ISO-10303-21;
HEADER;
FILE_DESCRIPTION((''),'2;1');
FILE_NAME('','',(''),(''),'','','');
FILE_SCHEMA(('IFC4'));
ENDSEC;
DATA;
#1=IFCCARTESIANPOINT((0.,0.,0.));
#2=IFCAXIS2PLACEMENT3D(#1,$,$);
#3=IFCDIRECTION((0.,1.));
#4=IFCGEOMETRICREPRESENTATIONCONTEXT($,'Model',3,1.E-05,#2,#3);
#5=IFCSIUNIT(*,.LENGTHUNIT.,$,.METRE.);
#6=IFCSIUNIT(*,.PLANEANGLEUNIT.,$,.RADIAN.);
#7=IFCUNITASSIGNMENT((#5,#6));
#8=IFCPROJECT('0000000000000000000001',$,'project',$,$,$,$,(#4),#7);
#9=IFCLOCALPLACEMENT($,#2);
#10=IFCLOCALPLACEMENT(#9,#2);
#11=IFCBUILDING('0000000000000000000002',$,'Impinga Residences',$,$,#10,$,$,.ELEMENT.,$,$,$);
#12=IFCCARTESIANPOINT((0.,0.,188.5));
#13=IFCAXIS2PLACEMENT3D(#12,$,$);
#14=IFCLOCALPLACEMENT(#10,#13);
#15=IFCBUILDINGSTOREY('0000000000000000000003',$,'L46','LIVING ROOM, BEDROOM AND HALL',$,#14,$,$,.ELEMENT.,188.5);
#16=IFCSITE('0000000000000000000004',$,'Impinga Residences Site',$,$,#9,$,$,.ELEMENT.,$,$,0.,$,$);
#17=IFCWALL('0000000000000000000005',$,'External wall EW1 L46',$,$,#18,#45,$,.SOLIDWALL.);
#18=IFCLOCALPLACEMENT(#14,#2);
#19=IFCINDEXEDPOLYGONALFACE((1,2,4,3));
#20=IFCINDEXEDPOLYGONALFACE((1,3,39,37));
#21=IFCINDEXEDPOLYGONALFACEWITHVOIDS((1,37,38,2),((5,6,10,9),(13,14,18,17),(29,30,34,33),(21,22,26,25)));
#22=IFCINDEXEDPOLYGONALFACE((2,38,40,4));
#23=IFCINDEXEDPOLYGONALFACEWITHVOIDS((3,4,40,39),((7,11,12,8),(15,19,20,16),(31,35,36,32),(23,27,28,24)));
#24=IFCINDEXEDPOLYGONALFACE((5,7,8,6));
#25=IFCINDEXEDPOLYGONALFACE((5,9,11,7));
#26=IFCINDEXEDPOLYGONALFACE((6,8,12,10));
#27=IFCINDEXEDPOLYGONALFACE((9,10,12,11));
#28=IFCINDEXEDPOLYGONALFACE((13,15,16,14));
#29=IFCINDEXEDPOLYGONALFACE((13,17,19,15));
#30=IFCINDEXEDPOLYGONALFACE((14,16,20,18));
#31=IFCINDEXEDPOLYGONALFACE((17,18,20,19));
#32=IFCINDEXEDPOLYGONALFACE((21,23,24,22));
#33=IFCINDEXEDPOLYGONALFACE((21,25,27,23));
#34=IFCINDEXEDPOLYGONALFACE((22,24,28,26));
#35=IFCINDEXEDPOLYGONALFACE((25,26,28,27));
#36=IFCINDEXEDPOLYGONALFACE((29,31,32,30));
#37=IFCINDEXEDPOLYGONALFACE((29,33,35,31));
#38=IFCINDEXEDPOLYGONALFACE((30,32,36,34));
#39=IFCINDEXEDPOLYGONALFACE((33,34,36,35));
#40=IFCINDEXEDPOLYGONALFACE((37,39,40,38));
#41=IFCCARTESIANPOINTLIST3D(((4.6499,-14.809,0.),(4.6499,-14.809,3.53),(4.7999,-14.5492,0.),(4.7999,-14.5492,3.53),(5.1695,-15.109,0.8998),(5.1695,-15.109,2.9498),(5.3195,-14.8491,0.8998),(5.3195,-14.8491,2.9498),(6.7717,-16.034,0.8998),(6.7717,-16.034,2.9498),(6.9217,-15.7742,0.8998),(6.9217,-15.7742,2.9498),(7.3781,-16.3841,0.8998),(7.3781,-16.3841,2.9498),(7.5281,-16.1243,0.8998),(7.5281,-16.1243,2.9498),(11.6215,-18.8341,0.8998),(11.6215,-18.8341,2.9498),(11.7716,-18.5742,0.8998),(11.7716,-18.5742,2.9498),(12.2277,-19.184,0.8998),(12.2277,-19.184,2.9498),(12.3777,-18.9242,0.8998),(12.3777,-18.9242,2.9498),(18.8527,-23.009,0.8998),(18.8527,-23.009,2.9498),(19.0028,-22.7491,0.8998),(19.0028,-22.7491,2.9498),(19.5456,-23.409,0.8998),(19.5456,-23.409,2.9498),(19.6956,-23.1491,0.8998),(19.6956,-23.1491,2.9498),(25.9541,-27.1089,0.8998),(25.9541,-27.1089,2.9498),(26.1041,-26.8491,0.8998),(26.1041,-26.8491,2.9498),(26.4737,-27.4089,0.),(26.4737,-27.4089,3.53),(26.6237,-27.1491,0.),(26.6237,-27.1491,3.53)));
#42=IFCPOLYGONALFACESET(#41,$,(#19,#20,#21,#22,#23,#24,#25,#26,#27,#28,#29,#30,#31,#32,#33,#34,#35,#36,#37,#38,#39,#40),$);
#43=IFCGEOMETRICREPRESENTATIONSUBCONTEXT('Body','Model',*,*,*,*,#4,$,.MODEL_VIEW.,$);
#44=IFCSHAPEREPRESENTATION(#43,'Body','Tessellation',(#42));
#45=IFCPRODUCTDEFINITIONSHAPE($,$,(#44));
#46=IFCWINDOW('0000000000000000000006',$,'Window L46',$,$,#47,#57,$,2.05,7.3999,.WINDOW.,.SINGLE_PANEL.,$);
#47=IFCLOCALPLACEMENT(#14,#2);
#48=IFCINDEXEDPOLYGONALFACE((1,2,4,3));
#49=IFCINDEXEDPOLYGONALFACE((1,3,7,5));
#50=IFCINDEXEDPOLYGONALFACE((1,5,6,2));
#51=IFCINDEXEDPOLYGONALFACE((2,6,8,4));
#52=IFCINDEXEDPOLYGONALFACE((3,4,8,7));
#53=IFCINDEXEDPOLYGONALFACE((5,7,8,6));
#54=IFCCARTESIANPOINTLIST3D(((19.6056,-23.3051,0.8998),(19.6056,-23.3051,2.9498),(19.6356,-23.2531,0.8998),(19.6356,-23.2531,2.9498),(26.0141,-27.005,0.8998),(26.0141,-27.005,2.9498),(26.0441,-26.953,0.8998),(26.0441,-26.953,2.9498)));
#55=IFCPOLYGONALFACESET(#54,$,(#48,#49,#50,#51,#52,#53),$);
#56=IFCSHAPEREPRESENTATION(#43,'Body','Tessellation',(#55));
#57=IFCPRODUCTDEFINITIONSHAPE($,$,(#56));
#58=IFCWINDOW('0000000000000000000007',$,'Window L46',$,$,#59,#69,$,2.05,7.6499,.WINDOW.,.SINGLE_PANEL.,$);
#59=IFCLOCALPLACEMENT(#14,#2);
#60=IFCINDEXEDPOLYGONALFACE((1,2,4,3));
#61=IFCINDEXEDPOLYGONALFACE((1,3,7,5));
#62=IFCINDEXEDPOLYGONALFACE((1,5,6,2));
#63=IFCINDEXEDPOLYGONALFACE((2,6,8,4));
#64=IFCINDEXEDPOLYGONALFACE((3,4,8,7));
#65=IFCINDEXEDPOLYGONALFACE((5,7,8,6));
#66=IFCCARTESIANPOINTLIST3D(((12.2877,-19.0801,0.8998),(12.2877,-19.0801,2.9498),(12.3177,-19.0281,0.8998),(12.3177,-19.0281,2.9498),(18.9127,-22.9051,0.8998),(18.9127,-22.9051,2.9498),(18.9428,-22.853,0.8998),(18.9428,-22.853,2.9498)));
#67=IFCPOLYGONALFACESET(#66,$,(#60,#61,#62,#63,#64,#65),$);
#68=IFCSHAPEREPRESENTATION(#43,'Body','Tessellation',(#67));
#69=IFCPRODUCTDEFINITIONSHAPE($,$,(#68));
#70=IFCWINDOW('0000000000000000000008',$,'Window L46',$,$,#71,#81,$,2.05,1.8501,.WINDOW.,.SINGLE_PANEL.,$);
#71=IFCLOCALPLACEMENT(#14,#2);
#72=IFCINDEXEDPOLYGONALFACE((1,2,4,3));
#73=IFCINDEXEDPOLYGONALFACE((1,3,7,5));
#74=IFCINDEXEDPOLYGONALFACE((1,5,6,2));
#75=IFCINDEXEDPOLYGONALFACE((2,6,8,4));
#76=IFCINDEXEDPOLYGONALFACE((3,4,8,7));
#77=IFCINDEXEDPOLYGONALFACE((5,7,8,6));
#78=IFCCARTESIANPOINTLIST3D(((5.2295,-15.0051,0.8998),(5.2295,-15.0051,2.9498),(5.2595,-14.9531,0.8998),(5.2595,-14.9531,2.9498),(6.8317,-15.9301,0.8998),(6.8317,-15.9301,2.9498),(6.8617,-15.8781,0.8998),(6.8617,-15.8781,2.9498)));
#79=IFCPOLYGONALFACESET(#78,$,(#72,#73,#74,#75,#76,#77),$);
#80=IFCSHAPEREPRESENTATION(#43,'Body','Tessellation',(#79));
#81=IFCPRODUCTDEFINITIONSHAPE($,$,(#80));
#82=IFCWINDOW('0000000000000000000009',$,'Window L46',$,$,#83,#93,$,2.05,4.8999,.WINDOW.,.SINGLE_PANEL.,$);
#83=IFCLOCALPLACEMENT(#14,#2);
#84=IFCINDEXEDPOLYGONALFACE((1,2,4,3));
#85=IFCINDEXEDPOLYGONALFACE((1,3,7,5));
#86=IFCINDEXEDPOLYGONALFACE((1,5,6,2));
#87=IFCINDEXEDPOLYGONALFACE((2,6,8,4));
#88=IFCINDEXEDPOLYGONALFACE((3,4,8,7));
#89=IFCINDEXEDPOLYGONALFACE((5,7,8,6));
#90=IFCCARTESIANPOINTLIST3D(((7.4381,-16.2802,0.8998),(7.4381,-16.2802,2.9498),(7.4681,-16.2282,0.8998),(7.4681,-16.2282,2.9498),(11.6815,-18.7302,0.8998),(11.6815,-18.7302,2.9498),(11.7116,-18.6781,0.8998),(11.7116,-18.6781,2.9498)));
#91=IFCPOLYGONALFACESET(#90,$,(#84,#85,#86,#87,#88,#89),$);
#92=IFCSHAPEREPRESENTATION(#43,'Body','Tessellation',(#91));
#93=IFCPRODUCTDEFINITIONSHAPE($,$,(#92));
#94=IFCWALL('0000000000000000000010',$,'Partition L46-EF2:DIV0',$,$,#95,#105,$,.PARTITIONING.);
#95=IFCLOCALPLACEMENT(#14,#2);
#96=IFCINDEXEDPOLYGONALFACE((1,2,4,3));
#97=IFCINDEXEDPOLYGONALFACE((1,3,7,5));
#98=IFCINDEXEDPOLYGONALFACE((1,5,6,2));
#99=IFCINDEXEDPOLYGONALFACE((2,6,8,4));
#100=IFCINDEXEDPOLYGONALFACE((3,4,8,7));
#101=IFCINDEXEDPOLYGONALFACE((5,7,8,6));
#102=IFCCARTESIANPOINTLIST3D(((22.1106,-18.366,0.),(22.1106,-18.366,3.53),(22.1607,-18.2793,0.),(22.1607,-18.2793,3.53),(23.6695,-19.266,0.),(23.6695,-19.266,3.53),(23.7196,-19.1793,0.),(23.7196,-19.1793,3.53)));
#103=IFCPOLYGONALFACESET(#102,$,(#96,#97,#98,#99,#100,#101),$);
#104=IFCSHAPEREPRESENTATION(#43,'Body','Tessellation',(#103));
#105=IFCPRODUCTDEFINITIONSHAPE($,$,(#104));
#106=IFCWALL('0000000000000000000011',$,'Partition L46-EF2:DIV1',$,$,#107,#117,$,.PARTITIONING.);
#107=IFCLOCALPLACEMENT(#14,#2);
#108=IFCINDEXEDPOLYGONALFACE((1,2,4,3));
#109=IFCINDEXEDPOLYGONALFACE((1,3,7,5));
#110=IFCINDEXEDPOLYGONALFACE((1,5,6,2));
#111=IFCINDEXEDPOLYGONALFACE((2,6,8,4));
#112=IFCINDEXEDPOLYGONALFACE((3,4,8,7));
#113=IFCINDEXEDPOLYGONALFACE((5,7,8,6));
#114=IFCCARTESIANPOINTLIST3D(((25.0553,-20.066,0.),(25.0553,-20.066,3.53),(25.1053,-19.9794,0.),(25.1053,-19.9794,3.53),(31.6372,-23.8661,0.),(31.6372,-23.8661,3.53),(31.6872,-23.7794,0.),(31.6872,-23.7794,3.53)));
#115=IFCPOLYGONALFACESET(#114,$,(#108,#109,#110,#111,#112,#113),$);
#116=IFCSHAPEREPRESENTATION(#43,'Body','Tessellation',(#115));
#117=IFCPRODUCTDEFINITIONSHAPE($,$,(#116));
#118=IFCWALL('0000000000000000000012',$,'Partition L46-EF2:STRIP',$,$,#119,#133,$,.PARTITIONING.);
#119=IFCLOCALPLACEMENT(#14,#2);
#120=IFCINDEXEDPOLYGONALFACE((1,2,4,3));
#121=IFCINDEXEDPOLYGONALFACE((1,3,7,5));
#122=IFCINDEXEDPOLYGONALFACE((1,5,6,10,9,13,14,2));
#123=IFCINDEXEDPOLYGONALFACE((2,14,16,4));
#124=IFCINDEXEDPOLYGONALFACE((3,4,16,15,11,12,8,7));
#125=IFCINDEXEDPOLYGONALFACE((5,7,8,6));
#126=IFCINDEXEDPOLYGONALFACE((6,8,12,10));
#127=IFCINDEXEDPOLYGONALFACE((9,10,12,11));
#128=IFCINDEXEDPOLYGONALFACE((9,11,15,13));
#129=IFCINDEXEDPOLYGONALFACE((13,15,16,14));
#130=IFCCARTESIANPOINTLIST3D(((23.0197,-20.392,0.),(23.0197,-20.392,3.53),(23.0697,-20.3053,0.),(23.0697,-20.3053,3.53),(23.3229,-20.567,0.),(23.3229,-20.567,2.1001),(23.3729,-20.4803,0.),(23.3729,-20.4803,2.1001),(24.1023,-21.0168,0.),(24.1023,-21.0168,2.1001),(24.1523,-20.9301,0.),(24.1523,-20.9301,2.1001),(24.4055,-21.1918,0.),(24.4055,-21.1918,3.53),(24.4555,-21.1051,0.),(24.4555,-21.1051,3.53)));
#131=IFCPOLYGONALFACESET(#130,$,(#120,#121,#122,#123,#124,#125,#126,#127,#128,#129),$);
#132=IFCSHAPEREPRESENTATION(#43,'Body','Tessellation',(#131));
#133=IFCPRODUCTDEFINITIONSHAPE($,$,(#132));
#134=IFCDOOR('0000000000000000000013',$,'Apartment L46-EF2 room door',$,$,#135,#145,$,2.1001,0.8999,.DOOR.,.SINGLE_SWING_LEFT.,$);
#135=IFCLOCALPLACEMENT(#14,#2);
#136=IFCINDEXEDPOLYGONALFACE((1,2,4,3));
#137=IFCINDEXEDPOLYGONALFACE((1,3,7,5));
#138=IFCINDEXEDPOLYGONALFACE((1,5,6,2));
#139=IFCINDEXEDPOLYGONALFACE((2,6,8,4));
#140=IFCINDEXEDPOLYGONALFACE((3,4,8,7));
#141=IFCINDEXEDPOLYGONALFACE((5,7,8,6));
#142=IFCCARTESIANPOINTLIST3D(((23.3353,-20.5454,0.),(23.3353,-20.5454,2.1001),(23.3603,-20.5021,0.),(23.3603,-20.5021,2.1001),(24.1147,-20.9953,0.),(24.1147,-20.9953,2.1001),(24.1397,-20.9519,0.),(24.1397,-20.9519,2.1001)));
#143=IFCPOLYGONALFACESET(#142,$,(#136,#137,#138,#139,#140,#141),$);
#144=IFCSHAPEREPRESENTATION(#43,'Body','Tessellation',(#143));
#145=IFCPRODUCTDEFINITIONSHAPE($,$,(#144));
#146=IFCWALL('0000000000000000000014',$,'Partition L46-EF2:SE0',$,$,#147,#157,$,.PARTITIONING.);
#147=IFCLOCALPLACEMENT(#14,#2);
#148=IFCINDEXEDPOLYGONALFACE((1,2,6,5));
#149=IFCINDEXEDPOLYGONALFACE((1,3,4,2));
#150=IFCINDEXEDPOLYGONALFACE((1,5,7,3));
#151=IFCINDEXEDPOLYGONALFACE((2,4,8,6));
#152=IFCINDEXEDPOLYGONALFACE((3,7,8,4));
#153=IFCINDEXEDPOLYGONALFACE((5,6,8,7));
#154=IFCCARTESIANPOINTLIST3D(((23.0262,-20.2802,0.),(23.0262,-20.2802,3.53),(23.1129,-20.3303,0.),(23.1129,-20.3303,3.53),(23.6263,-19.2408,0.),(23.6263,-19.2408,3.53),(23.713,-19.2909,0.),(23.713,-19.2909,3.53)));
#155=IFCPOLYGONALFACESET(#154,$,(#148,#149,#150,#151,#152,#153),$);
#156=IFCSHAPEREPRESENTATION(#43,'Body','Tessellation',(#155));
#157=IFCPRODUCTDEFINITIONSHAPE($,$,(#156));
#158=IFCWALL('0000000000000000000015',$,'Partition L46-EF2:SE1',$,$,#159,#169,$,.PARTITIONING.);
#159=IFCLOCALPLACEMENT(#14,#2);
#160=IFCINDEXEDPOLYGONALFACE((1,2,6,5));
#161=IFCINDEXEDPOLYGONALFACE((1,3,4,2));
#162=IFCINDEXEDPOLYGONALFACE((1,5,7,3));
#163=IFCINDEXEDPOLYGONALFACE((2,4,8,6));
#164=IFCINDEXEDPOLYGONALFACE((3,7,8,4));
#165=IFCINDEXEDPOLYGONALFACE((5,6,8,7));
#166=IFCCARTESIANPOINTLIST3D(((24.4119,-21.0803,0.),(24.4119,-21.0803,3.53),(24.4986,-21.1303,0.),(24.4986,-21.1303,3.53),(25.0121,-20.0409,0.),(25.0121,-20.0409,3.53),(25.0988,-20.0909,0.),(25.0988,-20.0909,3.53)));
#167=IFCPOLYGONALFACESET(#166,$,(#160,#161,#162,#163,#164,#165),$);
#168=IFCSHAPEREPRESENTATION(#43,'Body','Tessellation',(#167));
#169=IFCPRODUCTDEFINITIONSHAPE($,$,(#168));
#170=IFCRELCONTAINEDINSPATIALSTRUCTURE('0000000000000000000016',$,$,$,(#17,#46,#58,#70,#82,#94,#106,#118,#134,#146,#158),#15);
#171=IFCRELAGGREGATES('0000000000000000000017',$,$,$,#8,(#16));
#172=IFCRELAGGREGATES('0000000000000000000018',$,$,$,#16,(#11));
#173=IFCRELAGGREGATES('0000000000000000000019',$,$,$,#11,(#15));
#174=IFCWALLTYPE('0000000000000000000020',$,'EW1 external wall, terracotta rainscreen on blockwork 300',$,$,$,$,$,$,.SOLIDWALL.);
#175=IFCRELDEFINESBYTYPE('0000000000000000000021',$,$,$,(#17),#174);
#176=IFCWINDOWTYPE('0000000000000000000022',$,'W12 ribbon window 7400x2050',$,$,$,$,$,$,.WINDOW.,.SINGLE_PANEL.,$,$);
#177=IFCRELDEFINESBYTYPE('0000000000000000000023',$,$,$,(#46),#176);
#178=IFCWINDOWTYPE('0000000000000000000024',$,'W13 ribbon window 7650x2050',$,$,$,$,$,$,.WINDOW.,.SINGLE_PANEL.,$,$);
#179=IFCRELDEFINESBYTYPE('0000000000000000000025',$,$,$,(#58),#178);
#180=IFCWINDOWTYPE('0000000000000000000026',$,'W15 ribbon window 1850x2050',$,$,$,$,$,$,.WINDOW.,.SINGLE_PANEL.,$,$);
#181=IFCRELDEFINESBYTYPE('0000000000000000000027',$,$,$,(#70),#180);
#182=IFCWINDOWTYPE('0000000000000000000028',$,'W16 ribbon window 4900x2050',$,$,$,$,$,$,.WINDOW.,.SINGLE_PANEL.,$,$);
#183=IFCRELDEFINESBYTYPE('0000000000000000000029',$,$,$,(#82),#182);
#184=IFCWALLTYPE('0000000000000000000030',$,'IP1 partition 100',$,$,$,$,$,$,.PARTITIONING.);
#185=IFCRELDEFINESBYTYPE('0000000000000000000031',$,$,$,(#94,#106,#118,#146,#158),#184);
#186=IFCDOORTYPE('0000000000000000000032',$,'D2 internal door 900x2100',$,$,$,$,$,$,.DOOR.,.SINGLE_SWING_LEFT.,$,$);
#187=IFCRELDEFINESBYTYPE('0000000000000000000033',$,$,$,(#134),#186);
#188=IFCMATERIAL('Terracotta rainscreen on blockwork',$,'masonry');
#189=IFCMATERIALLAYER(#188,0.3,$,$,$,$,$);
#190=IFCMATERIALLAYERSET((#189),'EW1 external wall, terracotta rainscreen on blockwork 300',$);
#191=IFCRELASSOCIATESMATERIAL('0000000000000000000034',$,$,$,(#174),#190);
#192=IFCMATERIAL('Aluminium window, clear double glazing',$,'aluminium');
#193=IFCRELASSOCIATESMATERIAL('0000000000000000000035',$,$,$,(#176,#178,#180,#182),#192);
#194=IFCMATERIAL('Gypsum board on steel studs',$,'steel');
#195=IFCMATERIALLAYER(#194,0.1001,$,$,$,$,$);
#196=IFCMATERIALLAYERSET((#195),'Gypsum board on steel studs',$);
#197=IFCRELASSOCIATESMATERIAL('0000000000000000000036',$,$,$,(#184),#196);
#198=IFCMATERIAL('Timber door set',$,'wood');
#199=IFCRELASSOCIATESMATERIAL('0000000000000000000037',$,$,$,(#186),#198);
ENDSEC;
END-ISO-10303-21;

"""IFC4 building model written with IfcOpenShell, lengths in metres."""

from ifc_helpers import new_model, si_unit, direction, frame, frame_2d, origin, place, context, subcontext, project, spatial, rectangle, extrude, material, layer, layer_set, type_object, element, fill, save


model = new_model("IFC4")

# Units and contexts
model_context = context("Model", 3, precision=1e-05, world=origin(), true_north=direction((0.0, 1.0)))
body_context = subcontext(model_context, "Body", "Model", "MODEL_VIEW")
ifc_project = project(units=[si_unit("LENGTHUNIT", "METRE"), si_unit("PLANEANGLEUNIT", "RADIAN")], contexts=[model_context])

# Site, building, storey
site_placement = place(None, origin())
site = spatial("IfcSite", under=ifc_project, at=site_placement, Name="Impinga Residences Site", CompositionType="ELEMENT", RefElevation=0.0)
building_placement = place(site_placement, origin())
building = spatial("IfcBuilding", under=site, at=building_placement, Name="Impinga Residences", CompositionType="ELEMENT")
storey_placement = place(building_placement, frame((0.0, 0.0, 188.5)))
storey = spatial("IfcBuildingStorey", under=building, at=storey_placement, Name="L46", Description="LIVING ROOM, BEDROOM AND HALL", CompositionType="ELEMENT", Elevation=188.5)

# Shared definitions
ifc_material_1 = material(Name="Timber door set", Category="wood")

# Shared definitions
ifc_material_2 = material(Name="Terracotta rainscreen on blockwork", Category="masonry")
ifc_layer_1 = layer(ifc_material_2, 0.3)
ifc_layer_set_1 = layer_set([ifc_layer_1], Name="EW1 external wall, terracotta rainscreen on blockwork 300")
wall_type_1 = type_object("IfcWallType", Name="EW1 external wall, terracotta rainscreen on blockwork 300", PredefinedType="SOLIDWALL", material=ifc_layer_set_1)

# Wall, openings, windows
wall_1_placement = place(storey_placement, frame((26.5488, -27.2791, 0.0), z_axis=(0.0, 0.0, 1.0), x_axis=(-0.866027, 0.499998, 0.0)))
wall_1 = element("IfcWall", 1, at=wall_1_placement, inside=storey, type_object=wall_type_1, Name="External wall EW1 L46", PredefinedType="SOLIDWALL", context=body_context, shape_type="SweptSolid", body=[
    extrude(rectangle(XDim=25.2, YDim=0.3, at=frame_2d((12.6001, 0.0))), origin(), (0.0, 0.0, 1.0), 3.53),
])
opening_1_placement = place(wall_1_placement, frame((0.6001, 0.0, 0.8999)))
opening_1 = element("IfcOpeningElement", 2, at=opening_1_placement, cuts=wall_1, PredefinedType="OPENING", context=body_context, shape_type="SweptSolid", body=[
    extrude(rectangle(XDim=7.3999, YDim=2.05, at=frame_2d((3.7, 1.0249))), frame((0.0, 0.1599, 0.0), z_axis=(0.0, -1.0, 0.0), x_axis=(1.0, 0.0, 0.0)), (0.0, 0.0, 1.0), 0.3201),
])
opening_2_placement = place(wall_1_placement, frame((8.8, 0.0, 0.8999)))
opening_2 = element("IfcOpeningElement", 3, at=opening_2_placement, cuts=wall_1, PredefinedType="OPENING", context=body_context, shape_type="SweptSolid", body=[
    extrude(rectangle(XDim=7.6499, YDim=2.05, at=frame_2d((3.825, 1.0249))), frame((0.0, 0.1599, 0.0), z_axis=(0.0, -1.0, 0.0), x_axis=(1.0, 0.0, 0.0)), (0.0, 0.0, 1.0), 0.3201),
])
opening_3_placement = place(wall_1_placement, frame((17.1499, 0.0, 0.8999)))
opening_3 = element("IfcOpeningElement", 4, at=opening_3_placement, cuts=wall_1, PredefinedType="OPENING", context=body_context, shape_type="SweptSolid", body=[
    extrude(rectangle(XDim=4.8999, YDim=2.05, at=frame_2d((2.45, 1.0249))), frame((0.0, 0.1599, 0.0), z_axis=(0.0, -1.0, 0.0), x_axis=(1.0, 0.0, 0.0)), (0.0, 0.0, 1.0), 0.3201),
])
opening_4_placement = place(wall_1_placement, frame((22.75, 0.0, 0.8999)))
opening_4 = element("IfcOpeningElement", 5, at=opening_4_placement, cuts=wall_1, PredefinedType="OPENING", context=body_context, shape_type="SweptSolid", body=[
    extrude(rectangle(XDim=1.8501, YDim=2.05, at=frame_2d((0.925, 1.0249))), frame((0.0, 0.1599, 0.0), z_axis=(0.0, -1.0, 0.0), x_axis=(1.0, 0.0, 0.0)), (0.0, 0.0, 1.0), 0.3201),
])
ifc_material_3 = material(Name="Aluminium window, clear double glazing", Category="aluminium")
window_type_1 = type_object("IfcWindowType", Name="W12 ribbon window 7400x2050", PartitioningType="SINGLE_PANEL", PredefinedType="WINDOW", material=ifc_material_3)
window_1_placement = place(opening_1_placement, origin())
window_1 = element("IfcWindow", 6, at=window_1_placement, inside=storey, type_object=window_type_1, Name="Window L46", OverallHeight=2.05, OverallWidth=7.3999, PartitioningType="SINGLE_PANEL", PredefinedType="WINDOW", context=body_context, shape_type="SweptSolid", body=[
    extrude(rectangle(XDim=7.3999, YDim=2.05, at=frame_2d((3.7, 1.0249))), frame((0.0, 0.03, 0.0), z_axis=(0.0, -1.0, 0.0), x_axis=(1.0, 0.0, 0.0)), (0.0, 0.0, 1.0), 0.0601),
])
fill(opening_1, window_1)
window_type_2 = type_object("IfcWindowType", Name="W13 ribbon window 7650x2050", PartitioningType="SINGLE_PANEL", PredefinedType="WINDOW", material=ifc_material_3)
window_2_placement = place(opening_2_placement, origin())
window_2 = element("IfcWindow", 7, at=window_2_placement, inside=storey, type_object=window_type_2, Name="Window L46", OverallHeight=2.05, OverallWidth=7.6499, PartitioningType="SINGLE_PANEL", PredefinedType="WINDOW", context=body_context, shape_type="SweptSolid", body=[
    extrude(rectangle(XDim=7.6499, YDim=2.05, at=frame_2d((3.825, 1.0249))), frame((0.0, 0.03, 0.0), z_axis=(0.0, -1.0, 0.0), x_axis=(1.0, 0.0, 0.0)), (0.0, 0.0, 1.0), 0.0601),
])
fill(opening_2, window_2)
window_type_3 = type_object("IfcWindowType", Name="W15 ribbon window 1850x2050", PartitioningType="SINGLE_PANEL", PredefinedType="WINDOW", material=ifc_material_3)
window_3_placement = place(opening_4_placement, origin())
window_3 = element("IfcWindow", 8, at=window_3_placement, inside=storey, type_object=window_type_3, Name="Window L46", OverallHeight=2.05, OverallWidth=1.8501, PartitioningType="SINGLE_PANEL", PredefinedType="WINDOW", context=body_context, shape_type="SweptSolid", body=[
    extrude(rectangle(XDim=1.8501, YDim=2.05, at=frame_2d((0.925, 1.0249))), frame((0.0, 0.03, 0.0), z_axis=(0.0, -1.0, 0.0), x_axis=(1.0, 0.0, 0.0)), (0.0, 0.0, 1.0), 0.0601),
])
fill(opening_4, window_3)
window_type_4 = type_object("IfcWindowType", Name="W16 ribbon window 4900x2050", PartitioningType="SINGLE_PANEL", PredefinedType="WINDOW", material=ifc_material_3)
window_4_placement = place(opening_3_placement, origin())
window_4 = element("IfcWindow", 9, at=window_4_placement, inside=storey, type_object=window_type_4, Name="Window L46", OverallHeight=2.05, OverallWidth=4.8999, PartitioningType="SINGLE_PANEL", PredefinedType="WINDOW", context=body_context, shape_type="SweptSolid", body=[
    extrude(rectangle(XDim=4.8999, YDim=2.05, at=frame_2d((2.45, 1.0249))), frame((0.0, 0.03, 0.0), z_axis=(0.0, -1.0, 0.0), x_axis=(1.0, 0.0, 0.0)), (0.0, 0.0, 1.0), 0.0601),
])
fill(opening_3, window_4)

# Walls
ifc_material_4 = material(Name="Gypsum board on steel studs", Category="steel")
ifc_layer_2 = layer(ifc_material_4, 0.1001)
ifc_layer_set_2 = layer_set([ifc_layer_2], Name="Gypsum board on steel studs")
wall_type_2 = type_object("IfcWallType", Name="IP1 partition 100", PredefinedType="PARTITIONING", material=ifc_layer_set_2)
wall_2_placement = place(storey_placement, frame((22.1357, -18.3228, 0.0), z_axis=(0.0, 0.0, 1.0), x_axis=(0.866048, -0.499961, 0.0)))
element("IfcWall", 10, at=wall_2_placement, inside=storey, type_object=wall_type_2, Name="Partition L46-EF2:DIV0", PredefinedType="PARTITIONING", context=body_context, shape_type="SweptSolid", body=[
    extrude(rectangle(XDim=1.8, YDim=0.1001, at=frame_2d((0.8999, 0.0))), origin(), (0.0, 0.0, 1.0), 3.53),
])
wall_3_placement = place(storey_placement, frame((25.0803, -20.0227, 0.0), z_axis=(0.0, 0.0, 1.0), x_axis=(0.866022, -0.500005, 0.0)))
element("IfcWall", 11, at=wall_3_placement, inside=storey, type_object=wall_type_2, Name="Partition L46-EF2:DIV1", PredefinedType="PARTITIONING", context=body_context, shape_type="SweptSolid", body=[
    extrude(rectangle(XDim=7.6001, YDim=0.1001, at=frame_2d((3.8, 0.0))), origin(), (0.0, 0.0, 1.0), 3.53),
])

# Wall, opening, door
wall_4_placement = place(storey_placement, frame((23.0447, -20.3486, 0.0), z_axis=(0.0, 0.0, 1.0), x_axis=(0.866094, -0.499881, 0.0)))
wall_4 = element("IfcWall", 12, at=wall_4_placement, inside=storey, type_object=wall_type_2, Name="Partition L46-EF2:STRIP", PredefinedType="PARTITIONING", context=body_context, shape_type="SweptSolid", body=[
    extrude(rectangle(XDim=1.6001, YDim=0.1001, at=frame_2d((0.8, 0.0))), origin(), (0.0, 0.0, 1.0), 3.53),
])
opening_5_placement = place(wall_4_placement, frame((0.3501, 0.0, 0.0)))
opening_5 = element("IfcOpeningElement", 13, at=opening_5_placement, cuts=wall_4, PredefinedType="OPENING", context=body_context, shape_type="SweptSolid", body=[
    extrude(rectangle(XDim=0.8999, YDim=2.1001, at=frame_2d((0.45, 1.05))), frame((0.0, 0.0601, 0.0), z_axis=(0.0, -1.0, 0.0), x_axis=(1.0, 0.0, 0.0)), (0.0, 0.0, 1.0), 0.1201),
])
door_type_1 = type_object("IfcDoorType", Name="D2 internal door 900x2100", OperationType="SINGLE_SWING_LEFT", PredefinedType="DOOR", material=ifc_material_1)
door_1_placement = place(opening_5_placement, origin())
door_1 = element("IfcDoor", 14, at=door_1_placement, inside=storey, type_object=door_type_1, Name="Apartment L46-EF2 room door", OperationType="SINGLE_SWING_LEFT", OverallHeight=2.1001, OverallWidth=0.8999, PredefinedType="DOOR", context=body_context, shape_type="SweptSolid", body=[
    extrude(rectangle(XDim=0.8999, YDim=2.1001, at=frame_2d((0.45, 1.05))), frame((0.0, 0.0249, 0.0), z_axis=(0.0, -1.0, 0.0), x_axis=(1.0, 0.0, 0.0)), (0.0, 0.0, 1.0), 0.05),
])
fill(opening_5, door_1)

# Walls
for number, where, z_axis, x_axis, name in (
    (15, (23.6697, -19.2659, 0.0), (0.0, 0.0, 1.0), (-0.500034, -0.866006, 0.0), "Partition L46-EF2:SE0"),
    (16, (25.0554, -20.0659, 0.0), (0.0, 0.0, 1.0), (-0.500034, -0.866006, 0.0), "Partition L46-EF2:SE1"),
):
    element("IfcWall", number, at=place(storey_placement, frame(where, z_axis=z_axis, x_axis=x_axis)), inside=storey, type_object=wall_type_2, Name=name, PredefinedType="PARTITIONING", context=body_context, shape_type="SweptSolid", body=[
        extrude(rectangle(XDim=1.2002, YDim=0.1001, at=frame_2d((0.6001, 0.0))), origin(), (0.0, 0.0, 1.0), 3.53),
    ])

save(model, "model.ifc")
